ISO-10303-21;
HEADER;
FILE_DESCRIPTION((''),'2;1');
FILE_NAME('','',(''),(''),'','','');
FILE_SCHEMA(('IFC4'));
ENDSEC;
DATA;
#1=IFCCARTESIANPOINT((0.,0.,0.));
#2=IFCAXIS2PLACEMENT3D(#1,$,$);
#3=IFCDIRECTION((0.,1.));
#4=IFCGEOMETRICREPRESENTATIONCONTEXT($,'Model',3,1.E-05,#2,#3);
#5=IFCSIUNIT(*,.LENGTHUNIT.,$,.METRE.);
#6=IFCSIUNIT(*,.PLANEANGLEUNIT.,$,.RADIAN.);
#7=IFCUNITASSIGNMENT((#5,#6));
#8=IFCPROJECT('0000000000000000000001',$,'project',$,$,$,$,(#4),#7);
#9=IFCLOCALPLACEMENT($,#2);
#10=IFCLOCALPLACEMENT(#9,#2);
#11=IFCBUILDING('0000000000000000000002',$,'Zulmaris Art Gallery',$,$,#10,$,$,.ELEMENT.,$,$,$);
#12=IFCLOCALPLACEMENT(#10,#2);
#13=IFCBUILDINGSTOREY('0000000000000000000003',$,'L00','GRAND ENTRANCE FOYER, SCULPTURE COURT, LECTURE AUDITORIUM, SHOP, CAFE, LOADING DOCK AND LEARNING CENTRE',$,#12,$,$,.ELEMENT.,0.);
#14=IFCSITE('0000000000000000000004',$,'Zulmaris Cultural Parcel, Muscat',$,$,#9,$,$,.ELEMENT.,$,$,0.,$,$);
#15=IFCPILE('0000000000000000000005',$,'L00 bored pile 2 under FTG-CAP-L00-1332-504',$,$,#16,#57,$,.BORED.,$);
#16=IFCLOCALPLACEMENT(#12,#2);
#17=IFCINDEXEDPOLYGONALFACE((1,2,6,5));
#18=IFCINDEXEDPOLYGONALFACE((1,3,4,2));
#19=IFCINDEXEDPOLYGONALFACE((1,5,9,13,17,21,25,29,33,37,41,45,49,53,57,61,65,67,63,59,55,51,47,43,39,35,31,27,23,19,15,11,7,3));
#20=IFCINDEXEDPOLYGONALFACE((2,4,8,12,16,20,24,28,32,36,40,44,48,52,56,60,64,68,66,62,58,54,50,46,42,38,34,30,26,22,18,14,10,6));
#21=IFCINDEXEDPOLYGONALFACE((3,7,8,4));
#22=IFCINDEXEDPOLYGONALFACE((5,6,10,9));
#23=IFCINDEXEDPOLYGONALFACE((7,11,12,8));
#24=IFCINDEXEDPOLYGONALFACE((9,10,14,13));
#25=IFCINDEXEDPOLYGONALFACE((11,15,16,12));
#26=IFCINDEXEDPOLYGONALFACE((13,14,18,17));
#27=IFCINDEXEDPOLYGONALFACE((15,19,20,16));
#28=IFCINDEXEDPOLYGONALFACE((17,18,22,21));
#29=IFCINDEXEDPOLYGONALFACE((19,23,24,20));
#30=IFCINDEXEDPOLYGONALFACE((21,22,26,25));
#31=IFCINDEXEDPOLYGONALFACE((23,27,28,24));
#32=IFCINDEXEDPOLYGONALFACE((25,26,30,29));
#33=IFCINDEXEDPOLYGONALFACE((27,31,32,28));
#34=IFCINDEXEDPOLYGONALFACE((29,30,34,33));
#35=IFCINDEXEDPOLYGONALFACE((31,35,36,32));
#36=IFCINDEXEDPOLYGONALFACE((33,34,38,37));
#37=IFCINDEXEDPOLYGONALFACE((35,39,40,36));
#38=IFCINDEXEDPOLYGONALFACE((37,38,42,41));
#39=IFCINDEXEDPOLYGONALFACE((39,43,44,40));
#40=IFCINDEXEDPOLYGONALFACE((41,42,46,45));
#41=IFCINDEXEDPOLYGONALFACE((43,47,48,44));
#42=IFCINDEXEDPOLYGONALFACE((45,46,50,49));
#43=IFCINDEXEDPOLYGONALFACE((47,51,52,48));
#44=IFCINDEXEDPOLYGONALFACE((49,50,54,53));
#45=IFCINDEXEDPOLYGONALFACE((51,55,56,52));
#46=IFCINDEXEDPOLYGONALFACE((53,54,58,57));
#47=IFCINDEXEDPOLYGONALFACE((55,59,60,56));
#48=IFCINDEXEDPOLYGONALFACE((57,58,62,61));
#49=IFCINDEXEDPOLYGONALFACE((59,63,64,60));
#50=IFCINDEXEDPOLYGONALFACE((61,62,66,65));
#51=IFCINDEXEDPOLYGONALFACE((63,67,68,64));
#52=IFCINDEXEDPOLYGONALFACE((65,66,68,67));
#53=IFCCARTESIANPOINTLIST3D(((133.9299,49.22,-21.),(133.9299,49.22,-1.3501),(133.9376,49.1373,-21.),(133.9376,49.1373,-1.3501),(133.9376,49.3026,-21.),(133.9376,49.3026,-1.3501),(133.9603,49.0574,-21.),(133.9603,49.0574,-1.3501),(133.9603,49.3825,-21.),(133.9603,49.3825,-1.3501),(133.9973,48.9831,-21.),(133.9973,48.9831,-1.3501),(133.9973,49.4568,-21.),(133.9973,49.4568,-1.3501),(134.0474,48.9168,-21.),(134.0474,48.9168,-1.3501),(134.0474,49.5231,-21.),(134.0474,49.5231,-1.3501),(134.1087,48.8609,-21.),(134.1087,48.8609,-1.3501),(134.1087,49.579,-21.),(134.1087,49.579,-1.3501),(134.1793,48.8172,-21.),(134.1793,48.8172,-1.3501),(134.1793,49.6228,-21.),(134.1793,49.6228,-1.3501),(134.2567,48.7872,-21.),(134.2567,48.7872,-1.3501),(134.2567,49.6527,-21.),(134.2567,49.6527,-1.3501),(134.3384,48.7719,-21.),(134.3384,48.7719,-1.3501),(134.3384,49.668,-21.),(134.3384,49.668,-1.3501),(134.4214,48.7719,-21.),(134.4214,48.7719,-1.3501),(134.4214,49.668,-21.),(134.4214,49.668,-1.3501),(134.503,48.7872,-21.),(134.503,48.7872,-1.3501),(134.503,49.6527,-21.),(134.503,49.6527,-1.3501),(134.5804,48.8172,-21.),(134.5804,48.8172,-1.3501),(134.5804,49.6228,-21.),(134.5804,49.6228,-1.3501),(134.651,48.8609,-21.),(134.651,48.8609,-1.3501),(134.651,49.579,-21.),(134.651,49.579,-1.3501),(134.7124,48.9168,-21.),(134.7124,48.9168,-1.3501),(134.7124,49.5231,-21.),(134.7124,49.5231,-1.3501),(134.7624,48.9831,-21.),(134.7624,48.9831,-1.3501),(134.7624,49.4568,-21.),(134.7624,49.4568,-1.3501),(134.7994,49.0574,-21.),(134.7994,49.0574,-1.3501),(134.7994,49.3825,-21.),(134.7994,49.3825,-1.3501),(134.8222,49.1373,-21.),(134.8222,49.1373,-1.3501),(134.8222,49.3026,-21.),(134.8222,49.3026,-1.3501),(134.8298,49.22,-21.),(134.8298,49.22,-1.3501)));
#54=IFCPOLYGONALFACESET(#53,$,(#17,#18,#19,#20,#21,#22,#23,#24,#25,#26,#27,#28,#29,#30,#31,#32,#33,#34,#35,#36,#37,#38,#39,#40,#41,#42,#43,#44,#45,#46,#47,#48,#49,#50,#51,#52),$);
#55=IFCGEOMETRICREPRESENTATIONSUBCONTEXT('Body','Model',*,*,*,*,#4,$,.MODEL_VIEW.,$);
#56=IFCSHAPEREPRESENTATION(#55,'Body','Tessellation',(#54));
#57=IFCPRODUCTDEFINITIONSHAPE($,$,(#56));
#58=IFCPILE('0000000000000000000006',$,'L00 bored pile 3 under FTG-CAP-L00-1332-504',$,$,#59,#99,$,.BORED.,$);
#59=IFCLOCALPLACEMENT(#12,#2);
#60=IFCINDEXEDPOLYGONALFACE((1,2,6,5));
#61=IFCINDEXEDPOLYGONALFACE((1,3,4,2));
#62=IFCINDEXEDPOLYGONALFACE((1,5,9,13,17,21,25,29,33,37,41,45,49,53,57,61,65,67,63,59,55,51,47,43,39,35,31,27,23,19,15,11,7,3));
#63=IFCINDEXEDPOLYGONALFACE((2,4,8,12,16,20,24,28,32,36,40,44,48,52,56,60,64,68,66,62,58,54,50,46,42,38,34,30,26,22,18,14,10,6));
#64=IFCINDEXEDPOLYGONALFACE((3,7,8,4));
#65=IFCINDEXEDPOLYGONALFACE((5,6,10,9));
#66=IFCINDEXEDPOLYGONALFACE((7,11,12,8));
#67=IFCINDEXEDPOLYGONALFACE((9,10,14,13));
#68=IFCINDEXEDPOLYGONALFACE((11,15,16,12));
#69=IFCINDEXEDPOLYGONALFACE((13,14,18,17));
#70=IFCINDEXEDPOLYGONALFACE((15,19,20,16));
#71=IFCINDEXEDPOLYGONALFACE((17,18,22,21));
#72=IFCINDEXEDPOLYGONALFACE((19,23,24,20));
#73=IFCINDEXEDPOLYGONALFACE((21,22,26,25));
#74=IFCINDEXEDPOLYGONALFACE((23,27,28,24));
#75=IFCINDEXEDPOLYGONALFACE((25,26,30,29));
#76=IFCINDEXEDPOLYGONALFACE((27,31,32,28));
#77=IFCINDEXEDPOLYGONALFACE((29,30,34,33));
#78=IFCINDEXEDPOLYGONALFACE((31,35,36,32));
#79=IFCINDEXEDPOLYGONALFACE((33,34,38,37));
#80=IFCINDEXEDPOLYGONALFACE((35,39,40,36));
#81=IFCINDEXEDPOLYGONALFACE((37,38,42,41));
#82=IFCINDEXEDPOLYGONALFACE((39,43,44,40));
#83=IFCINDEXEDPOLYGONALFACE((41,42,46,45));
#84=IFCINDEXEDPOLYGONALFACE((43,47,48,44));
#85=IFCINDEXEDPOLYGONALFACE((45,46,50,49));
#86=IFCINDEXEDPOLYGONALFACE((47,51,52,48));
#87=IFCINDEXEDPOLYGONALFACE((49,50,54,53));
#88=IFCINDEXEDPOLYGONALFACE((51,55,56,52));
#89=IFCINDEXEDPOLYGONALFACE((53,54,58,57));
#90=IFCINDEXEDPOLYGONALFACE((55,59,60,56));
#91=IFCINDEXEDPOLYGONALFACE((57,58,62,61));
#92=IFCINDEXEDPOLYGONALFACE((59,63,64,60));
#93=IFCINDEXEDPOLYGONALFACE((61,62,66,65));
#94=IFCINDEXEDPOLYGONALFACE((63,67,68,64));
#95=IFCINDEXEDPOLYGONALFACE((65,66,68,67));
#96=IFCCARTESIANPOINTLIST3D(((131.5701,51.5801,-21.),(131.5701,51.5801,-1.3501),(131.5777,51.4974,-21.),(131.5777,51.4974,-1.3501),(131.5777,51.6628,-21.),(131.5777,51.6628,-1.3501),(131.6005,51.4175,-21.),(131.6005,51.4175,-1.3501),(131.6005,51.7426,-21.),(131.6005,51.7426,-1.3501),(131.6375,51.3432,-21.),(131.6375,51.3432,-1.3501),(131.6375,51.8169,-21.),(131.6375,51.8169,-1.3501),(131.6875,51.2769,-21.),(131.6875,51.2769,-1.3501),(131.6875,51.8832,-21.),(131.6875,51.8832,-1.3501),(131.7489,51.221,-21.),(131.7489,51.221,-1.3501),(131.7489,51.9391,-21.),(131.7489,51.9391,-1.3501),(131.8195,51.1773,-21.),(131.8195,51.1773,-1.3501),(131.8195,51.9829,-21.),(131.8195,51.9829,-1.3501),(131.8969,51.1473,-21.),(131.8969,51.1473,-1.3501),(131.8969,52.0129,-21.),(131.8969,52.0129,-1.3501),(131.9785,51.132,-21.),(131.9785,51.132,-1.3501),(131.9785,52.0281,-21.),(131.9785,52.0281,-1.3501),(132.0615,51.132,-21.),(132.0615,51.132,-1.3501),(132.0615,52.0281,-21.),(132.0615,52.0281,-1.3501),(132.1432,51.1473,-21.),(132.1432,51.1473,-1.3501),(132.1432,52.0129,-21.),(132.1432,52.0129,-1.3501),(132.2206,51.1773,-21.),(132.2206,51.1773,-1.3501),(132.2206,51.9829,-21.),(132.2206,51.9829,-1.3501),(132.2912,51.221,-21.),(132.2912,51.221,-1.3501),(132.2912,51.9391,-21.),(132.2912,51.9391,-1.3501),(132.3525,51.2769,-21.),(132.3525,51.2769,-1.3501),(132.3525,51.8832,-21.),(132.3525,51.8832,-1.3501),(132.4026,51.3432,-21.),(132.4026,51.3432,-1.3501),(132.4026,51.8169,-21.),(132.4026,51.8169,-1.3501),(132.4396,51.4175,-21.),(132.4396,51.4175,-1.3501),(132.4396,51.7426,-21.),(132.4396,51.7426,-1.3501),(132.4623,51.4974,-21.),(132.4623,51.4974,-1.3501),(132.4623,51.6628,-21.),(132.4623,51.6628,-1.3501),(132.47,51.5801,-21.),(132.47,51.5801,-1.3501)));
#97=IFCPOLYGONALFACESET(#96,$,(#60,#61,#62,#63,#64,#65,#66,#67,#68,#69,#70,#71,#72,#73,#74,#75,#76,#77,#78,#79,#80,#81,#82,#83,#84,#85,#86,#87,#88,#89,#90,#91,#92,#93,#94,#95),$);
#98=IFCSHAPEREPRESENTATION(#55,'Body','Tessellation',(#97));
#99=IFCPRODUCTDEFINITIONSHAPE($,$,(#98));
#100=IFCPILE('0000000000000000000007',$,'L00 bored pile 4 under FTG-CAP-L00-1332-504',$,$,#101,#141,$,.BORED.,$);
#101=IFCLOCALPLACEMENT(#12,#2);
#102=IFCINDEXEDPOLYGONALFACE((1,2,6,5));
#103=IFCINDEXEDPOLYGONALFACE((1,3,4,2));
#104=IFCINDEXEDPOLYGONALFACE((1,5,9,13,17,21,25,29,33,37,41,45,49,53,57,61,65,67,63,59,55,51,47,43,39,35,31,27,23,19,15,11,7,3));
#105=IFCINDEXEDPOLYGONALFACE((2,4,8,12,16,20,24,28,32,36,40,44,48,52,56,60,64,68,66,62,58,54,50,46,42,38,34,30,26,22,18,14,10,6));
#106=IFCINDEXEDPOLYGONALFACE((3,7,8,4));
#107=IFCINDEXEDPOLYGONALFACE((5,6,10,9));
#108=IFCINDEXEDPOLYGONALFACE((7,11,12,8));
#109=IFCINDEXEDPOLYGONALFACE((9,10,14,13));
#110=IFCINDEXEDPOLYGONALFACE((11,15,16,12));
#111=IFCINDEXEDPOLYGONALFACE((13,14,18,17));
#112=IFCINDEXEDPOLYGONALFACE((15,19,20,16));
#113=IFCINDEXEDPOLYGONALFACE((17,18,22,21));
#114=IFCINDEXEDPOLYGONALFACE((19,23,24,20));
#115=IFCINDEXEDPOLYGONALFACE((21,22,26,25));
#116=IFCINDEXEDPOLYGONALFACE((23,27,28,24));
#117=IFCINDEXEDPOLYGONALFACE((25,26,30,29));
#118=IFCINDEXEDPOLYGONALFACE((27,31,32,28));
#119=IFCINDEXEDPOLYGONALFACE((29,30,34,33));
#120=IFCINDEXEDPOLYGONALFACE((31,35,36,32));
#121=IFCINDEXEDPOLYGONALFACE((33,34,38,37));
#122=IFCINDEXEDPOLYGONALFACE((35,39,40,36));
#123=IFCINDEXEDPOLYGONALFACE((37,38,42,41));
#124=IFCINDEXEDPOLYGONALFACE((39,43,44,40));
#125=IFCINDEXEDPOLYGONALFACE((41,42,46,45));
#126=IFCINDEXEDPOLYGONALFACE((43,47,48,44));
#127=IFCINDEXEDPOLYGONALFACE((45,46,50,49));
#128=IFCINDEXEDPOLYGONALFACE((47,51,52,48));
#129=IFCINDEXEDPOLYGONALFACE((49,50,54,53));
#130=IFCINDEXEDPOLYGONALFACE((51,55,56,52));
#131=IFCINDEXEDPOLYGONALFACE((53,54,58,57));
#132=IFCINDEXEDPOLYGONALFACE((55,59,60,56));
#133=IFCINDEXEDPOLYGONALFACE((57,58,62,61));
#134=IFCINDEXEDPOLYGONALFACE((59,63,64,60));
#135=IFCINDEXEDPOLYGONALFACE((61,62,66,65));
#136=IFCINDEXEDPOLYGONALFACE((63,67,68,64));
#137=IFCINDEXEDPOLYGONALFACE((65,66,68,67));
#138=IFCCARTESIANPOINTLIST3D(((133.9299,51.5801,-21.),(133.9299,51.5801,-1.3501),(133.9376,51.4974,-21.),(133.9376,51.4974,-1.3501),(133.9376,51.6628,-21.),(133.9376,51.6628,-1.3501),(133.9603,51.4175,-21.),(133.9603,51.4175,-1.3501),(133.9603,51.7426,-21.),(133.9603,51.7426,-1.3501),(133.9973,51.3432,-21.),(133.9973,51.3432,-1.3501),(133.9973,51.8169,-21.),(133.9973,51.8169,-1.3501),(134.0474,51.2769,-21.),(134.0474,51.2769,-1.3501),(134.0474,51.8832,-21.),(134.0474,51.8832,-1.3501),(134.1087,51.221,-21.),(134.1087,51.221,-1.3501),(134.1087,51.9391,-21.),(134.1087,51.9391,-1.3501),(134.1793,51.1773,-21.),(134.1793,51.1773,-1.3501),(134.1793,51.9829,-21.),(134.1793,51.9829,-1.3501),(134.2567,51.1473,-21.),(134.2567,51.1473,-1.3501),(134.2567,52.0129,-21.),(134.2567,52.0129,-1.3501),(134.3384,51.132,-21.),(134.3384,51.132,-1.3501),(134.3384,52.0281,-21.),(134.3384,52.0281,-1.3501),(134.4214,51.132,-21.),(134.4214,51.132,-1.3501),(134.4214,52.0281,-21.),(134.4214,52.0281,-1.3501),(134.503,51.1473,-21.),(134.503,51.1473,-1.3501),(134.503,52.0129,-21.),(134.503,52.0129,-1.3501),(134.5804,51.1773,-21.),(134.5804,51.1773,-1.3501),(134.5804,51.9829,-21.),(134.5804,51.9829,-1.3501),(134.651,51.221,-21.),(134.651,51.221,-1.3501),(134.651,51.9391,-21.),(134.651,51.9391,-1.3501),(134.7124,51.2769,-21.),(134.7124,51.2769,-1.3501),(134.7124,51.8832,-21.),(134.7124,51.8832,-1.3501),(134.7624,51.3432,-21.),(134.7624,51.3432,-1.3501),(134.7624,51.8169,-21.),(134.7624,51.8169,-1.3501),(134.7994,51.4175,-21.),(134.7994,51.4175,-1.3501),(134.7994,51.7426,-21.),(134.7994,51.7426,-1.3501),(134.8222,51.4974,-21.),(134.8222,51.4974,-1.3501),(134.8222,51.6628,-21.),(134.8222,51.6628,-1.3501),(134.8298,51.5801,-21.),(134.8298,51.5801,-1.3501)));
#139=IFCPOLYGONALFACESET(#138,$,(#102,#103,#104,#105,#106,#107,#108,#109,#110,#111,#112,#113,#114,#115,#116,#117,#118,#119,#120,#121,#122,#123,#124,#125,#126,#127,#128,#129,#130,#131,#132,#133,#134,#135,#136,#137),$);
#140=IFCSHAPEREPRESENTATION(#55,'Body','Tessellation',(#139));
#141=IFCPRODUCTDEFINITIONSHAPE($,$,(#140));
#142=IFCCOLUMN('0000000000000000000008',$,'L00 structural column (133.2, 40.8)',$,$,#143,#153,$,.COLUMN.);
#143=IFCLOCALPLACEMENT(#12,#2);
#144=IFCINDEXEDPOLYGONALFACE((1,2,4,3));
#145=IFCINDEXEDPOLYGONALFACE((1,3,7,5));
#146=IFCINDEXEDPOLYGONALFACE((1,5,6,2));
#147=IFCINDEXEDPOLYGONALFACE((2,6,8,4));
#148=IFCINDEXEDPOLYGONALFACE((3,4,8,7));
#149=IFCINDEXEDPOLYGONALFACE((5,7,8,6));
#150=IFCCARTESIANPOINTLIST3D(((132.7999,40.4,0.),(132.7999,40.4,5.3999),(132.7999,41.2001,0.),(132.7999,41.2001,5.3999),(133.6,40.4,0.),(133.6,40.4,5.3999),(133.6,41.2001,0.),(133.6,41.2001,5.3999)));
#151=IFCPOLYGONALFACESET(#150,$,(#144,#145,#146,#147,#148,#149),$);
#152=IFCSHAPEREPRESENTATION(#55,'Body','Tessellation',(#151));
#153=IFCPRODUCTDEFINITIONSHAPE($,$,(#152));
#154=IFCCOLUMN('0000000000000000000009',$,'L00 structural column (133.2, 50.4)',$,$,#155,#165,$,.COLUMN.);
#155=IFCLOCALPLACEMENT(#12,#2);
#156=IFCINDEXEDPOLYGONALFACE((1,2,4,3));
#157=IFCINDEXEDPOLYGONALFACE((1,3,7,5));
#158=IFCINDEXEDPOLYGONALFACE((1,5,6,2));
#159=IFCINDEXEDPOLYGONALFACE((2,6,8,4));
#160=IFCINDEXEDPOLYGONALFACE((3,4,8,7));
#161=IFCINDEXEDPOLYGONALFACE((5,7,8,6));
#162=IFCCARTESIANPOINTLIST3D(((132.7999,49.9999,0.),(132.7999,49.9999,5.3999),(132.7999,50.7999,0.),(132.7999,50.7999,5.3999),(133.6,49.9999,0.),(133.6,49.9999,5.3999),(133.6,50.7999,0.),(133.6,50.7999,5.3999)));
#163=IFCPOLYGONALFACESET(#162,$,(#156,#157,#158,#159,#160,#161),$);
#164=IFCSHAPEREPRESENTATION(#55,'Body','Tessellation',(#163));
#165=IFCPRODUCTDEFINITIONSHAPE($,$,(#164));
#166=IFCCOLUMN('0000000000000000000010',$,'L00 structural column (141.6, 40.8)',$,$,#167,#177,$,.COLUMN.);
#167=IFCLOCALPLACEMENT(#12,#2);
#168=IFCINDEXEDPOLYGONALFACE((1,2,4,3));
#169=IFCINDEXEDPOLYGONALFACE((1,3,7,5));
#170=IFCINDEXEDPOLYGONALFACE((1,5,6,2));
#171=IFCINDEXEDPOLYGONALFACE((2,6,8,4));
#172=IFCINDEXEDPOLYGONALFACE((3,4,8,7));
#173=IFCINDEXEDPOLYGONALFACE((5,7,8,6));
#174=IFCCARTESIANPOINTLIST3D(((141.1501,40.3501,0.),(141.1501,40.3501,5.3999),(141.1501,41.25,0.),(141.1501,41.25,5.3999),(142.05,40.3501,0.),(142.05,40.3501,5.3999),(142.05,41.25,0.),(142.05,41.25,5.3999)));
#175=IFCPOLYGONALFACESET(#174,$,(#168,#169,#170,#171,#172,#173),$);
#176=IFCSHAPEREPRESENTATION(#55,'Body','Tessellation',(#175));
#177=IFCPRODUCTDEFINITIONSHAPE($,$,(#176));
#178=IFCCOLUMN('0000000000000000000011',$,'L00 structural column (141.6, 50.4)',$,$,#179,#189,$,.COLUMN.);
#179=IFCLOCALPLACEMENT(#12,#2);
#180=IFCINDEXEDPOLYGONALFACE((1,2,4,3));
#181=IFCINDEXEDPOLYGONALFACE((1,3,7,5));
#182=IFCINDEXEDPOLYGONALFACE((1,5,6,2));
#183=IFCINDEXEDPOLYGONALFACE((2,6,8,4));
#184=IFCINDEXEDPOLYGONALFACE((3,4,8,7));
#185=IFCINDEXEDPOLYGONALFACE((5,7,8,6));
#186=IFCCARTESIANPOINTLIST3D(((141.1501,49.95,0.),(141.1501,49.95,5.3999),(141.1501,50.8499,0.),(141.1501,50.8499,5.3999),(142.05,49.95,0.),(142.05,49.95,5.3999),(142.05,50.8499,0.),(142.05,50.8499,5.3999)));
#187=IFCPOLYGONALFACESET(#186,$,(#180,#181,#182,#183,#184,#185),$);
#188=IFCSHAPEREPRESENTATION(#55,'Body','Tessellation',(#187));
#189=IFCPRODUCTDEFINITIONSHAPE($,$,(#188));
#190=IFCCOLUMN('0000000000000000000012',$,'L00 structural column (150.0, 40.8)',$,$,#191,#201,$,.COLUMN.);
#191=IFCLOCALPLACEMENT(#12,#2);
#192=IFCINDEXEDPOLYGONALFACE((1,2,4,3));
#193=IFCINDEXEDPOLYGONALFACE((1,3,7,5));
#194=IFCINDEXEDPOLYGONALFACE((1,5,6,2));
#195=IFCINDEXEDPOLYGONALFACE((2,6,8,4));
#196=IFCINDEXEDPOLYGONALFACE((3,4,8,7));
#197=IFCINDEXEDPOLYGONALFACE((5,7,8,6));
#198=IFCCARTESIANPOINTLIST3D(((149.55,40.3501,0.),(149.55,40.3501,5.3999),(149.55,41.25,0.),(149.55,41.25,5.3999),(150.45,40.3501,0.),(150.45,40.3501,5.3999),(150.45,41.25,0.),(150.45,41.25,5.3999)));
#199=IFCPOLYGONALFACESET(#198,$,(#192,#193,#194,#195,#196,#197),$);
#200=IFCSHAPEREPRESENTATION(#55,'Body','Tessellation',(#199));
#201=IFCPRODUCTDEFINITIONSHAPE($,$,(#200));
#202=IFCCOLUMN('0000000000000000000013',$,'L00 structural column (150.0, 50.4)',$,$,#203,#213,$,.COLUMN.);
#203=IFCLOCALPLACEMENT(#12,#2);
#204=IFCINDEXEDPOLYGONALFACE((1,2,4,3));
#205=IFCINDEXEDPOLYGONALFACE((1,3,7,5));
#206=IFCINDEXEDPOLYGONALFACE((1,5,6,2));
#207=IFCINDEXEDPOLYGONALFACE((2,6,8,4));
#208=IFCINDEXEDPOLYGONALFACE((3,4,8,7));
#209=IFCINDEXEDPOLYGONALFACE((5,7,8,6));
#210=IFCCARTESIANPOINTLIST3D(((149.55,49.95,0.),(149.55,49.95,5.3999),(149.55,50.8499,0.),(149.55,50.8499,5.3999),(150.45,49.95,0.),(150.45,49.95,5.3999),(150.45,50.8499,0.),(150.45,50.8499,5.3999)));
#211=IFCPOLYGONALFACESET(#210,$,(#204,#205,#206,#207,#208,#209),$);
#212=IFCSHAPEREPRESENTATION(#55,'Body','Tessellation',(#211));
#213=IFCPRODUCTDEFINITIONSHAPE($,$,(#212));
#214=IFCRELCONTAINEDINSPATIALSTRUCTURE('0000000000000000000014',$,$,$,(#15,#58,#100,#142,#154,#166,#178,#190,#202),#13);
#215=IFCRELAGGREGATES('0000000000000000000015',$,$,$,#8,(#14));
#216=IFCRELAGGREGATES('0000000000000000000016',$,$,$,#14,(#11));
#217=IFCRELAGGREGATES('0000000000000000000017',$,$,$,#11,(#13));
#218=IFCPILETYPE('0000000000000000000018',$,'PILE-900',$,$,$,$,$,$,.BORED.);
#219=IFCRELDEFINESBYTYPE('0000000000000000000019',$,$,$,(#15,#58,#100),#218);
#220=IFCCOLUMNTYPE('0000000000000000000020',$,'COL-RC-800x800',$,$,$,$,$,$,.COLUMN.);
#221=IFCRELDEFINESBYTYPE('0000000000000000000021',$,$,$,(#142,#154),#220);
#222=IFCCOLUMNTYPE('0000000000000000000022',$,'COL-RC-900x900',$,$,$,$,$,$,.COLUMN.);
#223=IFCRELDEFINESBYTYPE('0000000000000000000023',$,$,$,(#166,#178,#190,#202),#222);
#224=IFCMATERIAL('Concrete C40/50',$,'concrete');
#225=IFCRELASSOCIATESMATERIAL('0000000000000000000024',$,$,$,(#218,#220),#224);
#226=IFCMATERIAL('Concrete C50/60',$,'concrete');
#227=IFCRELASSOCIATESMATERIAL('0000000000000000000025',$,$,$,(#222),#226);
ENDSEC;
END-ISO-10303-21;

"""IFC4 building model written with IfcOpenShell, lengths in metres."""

from ifc_helpers import new_model, si_unit, direction, frame, origin, origin_2d, place, context, subcontext, project, spatial, rectangle, circle, extrude, material, material_profile, profile_set, type_object, element, save


model = new_model("IFC4")

# Units and contexts
model_context = context("Model", 3, precision=1e-05, world=origin(), true_north=direction((0.0, 1.0)))
body_context = subcontext(model_context, "Body", "Model", "MODEL_VIEW")
ifc_project = project(units=[si_unit("LENGTHUNIT", "METRE"), si_unit("PLANEANGLEUNIT", "RADIAN")], contexts=[model_context])

# Site, building, storey
site_placement = place(None, origin())
site = spatial("IfcSite", under=ifc_project, at=site_placement, Name="Zulmaris Cultural Parcel, Muscat", CompositionType="ELEMENT", RefElevation=0.0)
building_placement = place(site_placement, origin())
building = spatial("IfcBuilding", under=site, at=building_placement, Name="Zulmaris Art Gallery", CompositionType="ELEMENT")
storey_placement = place(building_placement, origin())
storey = spatial("IfcBuildingStorey", under=building, at=storey_placement, Name="L00", Description="GRAND ENTRANCE FOYER, SCULPTURE COURT, LECTURE AUDITORIUM, SHOP, CAFE, LOADING DOCK AND LEARNING CENTRE", CompositionType="ELEMENT", Elevation=0.0)

# Piles
ifc_material_1 = material(Name="Concrete C40/50", Category="concrete")
ifc_material_profile_1 = material_profile(ifc_material_1, circle(Radius=0.45, at=origin_2d()), Name="PILE DIA 900")
ifc_profile_set_1 = profile_set([ifc_material_profile_1], Name="Concrete C40/50")
pile_type = type_object("IfcPileType", Name="PILE-900", PredefinedType="BORED", material=ifc_profile_set_1)
for number, where, z_axis, x_axis, name in (
    (1, (134.3799, 49.22, -1.3501), (0.0, 0.0, -1.0), (1.0, 0.0, 0.0), "L00 bored pile 2 under FTG-CAP-L00-1332-504"),
    (2, (132.02, 51.5801, -1.3501), (0.0, 0.0, -1.0), (1.0, 0.0, 0.0), "L00 bored pile 3 under FTG-CAP-L00-1332-504"),
    (3, (134.3799, 51.5801, -1.3501), (0.0, 0.0, -1.0), (1.0, 0.0, 0.0), "L00 bored pile 4 under FTG-CAP-L00-1332-504"),
):
    element("IfcPile", number, at=place(storey_placement, frame(where, z_axis=z_axis, x_axis=x_axis)), inside=storey, type_object=pile_type, Name=name, PredefinedType="BORED", context=body_context, shape_type="SweptSolid", body=[
        extrude(circle(Radius=0.45, at=origin_2d()), origin(), (0.0, 0.0, 1.0), 19.6499),
    ])

# Columns
ifc_material_profile_2 = material_profile(ifc_material_1, rectangle(XDim=0.8, YDim=0.8, at=origin_2d()), Name="RC 800x800")
ifc_profile_set_2 = profile_set([ifc_material_profile_2], Name="Concrete C40/50")
column_type_1 = type_object("IfcColumnType", Name="COL-RC-800x800", PredefinedType="COLUMN", material=ifc_profile_set_2)
for number, where, z_axis, x_axis, name in (
    (4, (133.2, 40.8, 0.0), (0.0, 0.0, 1.0), (1.0, 0.0, 0.0), "L00 structural column (133.2, 40.8)"),
    (5, (133.2, 50.3999, 0.0), (0.0, 0.0, 1.0), (1.0, 0.0, 0.0), "L00 structural column (133.2, 50.4)"),
):
    element("IfcColumn", number, at=place(storey_placement, frame(where, z_axis=z_axis, x_axis=x_axis)), inside=storey, type_object=column_type_1, Name=name, PredefinedType="COLUMN", context=body_context, shape_type="SweptSolid", body=[
        extrude(rectangle(XDim=0.8, YDim=0.8, at=origin_2d()), origin(), (0.0, 0.0, 1.0), 5.3999),
    ])
ifc_material_2 = material(Name="Concrete C50/60", Category="concrete")
ifc_material_profile_3 = material_profile(ifc_material_2, rectangle(XDim=0.8999, YDim=0.8999, at=origin_2d()), Name="RC 900x900")
ifc_profile_set_3 = profile_set([ifc_material_profile_3], Name="Concrete C50/60")
column_type_2 = type_object("IfcColumnType", Name="COL-RC-900x900", PredefinedType="COLUMN", material=ifc_profile_set_3)
for number, where, z_axis, x_axis, name in (
    (6, (141.6001, 40.8, 0.0), (0.0, 0.0, 1.0), (1.0, 0.0, 0.0), "L00 structural column (141.6, 40.8)"),
    (7, (141.6001, 50.3999, 0.0), (0.0, 0.0, 1.0), (1.0, 0.0, 0.0), "L00 structural column (141.6, 50.4)"),
    (8, (150.0, 40.8, 0.0), (0.0, 0.0, 1.0), (1.0, 0.0, 0.0), "L00 structural column (150.0, 40.8)"),
    (9, (150.0, 50.3999, 0.0), (0.0, 0.0, 1.0), (1.0, 0.0, 0.0), "L00 structural column (150.0, 50.4)"),
):
    element("IfcColumn", number, at=place(storey_placement, frame(where, z_axis=z_axis, x_axis=x_axis)), inside=storey, type_object=column_type_2, Name=name, PredefinedType="COLUMN", context=body_context, shape_type="SweptSolid", body=[
        extrude(rectangle(XDim=0.8999, YDim=0.8999, at=origin_2d()), origin(), (0.0, 0.0, 1.0), 5.3999),
    ])

save(model, "model.ifc")
